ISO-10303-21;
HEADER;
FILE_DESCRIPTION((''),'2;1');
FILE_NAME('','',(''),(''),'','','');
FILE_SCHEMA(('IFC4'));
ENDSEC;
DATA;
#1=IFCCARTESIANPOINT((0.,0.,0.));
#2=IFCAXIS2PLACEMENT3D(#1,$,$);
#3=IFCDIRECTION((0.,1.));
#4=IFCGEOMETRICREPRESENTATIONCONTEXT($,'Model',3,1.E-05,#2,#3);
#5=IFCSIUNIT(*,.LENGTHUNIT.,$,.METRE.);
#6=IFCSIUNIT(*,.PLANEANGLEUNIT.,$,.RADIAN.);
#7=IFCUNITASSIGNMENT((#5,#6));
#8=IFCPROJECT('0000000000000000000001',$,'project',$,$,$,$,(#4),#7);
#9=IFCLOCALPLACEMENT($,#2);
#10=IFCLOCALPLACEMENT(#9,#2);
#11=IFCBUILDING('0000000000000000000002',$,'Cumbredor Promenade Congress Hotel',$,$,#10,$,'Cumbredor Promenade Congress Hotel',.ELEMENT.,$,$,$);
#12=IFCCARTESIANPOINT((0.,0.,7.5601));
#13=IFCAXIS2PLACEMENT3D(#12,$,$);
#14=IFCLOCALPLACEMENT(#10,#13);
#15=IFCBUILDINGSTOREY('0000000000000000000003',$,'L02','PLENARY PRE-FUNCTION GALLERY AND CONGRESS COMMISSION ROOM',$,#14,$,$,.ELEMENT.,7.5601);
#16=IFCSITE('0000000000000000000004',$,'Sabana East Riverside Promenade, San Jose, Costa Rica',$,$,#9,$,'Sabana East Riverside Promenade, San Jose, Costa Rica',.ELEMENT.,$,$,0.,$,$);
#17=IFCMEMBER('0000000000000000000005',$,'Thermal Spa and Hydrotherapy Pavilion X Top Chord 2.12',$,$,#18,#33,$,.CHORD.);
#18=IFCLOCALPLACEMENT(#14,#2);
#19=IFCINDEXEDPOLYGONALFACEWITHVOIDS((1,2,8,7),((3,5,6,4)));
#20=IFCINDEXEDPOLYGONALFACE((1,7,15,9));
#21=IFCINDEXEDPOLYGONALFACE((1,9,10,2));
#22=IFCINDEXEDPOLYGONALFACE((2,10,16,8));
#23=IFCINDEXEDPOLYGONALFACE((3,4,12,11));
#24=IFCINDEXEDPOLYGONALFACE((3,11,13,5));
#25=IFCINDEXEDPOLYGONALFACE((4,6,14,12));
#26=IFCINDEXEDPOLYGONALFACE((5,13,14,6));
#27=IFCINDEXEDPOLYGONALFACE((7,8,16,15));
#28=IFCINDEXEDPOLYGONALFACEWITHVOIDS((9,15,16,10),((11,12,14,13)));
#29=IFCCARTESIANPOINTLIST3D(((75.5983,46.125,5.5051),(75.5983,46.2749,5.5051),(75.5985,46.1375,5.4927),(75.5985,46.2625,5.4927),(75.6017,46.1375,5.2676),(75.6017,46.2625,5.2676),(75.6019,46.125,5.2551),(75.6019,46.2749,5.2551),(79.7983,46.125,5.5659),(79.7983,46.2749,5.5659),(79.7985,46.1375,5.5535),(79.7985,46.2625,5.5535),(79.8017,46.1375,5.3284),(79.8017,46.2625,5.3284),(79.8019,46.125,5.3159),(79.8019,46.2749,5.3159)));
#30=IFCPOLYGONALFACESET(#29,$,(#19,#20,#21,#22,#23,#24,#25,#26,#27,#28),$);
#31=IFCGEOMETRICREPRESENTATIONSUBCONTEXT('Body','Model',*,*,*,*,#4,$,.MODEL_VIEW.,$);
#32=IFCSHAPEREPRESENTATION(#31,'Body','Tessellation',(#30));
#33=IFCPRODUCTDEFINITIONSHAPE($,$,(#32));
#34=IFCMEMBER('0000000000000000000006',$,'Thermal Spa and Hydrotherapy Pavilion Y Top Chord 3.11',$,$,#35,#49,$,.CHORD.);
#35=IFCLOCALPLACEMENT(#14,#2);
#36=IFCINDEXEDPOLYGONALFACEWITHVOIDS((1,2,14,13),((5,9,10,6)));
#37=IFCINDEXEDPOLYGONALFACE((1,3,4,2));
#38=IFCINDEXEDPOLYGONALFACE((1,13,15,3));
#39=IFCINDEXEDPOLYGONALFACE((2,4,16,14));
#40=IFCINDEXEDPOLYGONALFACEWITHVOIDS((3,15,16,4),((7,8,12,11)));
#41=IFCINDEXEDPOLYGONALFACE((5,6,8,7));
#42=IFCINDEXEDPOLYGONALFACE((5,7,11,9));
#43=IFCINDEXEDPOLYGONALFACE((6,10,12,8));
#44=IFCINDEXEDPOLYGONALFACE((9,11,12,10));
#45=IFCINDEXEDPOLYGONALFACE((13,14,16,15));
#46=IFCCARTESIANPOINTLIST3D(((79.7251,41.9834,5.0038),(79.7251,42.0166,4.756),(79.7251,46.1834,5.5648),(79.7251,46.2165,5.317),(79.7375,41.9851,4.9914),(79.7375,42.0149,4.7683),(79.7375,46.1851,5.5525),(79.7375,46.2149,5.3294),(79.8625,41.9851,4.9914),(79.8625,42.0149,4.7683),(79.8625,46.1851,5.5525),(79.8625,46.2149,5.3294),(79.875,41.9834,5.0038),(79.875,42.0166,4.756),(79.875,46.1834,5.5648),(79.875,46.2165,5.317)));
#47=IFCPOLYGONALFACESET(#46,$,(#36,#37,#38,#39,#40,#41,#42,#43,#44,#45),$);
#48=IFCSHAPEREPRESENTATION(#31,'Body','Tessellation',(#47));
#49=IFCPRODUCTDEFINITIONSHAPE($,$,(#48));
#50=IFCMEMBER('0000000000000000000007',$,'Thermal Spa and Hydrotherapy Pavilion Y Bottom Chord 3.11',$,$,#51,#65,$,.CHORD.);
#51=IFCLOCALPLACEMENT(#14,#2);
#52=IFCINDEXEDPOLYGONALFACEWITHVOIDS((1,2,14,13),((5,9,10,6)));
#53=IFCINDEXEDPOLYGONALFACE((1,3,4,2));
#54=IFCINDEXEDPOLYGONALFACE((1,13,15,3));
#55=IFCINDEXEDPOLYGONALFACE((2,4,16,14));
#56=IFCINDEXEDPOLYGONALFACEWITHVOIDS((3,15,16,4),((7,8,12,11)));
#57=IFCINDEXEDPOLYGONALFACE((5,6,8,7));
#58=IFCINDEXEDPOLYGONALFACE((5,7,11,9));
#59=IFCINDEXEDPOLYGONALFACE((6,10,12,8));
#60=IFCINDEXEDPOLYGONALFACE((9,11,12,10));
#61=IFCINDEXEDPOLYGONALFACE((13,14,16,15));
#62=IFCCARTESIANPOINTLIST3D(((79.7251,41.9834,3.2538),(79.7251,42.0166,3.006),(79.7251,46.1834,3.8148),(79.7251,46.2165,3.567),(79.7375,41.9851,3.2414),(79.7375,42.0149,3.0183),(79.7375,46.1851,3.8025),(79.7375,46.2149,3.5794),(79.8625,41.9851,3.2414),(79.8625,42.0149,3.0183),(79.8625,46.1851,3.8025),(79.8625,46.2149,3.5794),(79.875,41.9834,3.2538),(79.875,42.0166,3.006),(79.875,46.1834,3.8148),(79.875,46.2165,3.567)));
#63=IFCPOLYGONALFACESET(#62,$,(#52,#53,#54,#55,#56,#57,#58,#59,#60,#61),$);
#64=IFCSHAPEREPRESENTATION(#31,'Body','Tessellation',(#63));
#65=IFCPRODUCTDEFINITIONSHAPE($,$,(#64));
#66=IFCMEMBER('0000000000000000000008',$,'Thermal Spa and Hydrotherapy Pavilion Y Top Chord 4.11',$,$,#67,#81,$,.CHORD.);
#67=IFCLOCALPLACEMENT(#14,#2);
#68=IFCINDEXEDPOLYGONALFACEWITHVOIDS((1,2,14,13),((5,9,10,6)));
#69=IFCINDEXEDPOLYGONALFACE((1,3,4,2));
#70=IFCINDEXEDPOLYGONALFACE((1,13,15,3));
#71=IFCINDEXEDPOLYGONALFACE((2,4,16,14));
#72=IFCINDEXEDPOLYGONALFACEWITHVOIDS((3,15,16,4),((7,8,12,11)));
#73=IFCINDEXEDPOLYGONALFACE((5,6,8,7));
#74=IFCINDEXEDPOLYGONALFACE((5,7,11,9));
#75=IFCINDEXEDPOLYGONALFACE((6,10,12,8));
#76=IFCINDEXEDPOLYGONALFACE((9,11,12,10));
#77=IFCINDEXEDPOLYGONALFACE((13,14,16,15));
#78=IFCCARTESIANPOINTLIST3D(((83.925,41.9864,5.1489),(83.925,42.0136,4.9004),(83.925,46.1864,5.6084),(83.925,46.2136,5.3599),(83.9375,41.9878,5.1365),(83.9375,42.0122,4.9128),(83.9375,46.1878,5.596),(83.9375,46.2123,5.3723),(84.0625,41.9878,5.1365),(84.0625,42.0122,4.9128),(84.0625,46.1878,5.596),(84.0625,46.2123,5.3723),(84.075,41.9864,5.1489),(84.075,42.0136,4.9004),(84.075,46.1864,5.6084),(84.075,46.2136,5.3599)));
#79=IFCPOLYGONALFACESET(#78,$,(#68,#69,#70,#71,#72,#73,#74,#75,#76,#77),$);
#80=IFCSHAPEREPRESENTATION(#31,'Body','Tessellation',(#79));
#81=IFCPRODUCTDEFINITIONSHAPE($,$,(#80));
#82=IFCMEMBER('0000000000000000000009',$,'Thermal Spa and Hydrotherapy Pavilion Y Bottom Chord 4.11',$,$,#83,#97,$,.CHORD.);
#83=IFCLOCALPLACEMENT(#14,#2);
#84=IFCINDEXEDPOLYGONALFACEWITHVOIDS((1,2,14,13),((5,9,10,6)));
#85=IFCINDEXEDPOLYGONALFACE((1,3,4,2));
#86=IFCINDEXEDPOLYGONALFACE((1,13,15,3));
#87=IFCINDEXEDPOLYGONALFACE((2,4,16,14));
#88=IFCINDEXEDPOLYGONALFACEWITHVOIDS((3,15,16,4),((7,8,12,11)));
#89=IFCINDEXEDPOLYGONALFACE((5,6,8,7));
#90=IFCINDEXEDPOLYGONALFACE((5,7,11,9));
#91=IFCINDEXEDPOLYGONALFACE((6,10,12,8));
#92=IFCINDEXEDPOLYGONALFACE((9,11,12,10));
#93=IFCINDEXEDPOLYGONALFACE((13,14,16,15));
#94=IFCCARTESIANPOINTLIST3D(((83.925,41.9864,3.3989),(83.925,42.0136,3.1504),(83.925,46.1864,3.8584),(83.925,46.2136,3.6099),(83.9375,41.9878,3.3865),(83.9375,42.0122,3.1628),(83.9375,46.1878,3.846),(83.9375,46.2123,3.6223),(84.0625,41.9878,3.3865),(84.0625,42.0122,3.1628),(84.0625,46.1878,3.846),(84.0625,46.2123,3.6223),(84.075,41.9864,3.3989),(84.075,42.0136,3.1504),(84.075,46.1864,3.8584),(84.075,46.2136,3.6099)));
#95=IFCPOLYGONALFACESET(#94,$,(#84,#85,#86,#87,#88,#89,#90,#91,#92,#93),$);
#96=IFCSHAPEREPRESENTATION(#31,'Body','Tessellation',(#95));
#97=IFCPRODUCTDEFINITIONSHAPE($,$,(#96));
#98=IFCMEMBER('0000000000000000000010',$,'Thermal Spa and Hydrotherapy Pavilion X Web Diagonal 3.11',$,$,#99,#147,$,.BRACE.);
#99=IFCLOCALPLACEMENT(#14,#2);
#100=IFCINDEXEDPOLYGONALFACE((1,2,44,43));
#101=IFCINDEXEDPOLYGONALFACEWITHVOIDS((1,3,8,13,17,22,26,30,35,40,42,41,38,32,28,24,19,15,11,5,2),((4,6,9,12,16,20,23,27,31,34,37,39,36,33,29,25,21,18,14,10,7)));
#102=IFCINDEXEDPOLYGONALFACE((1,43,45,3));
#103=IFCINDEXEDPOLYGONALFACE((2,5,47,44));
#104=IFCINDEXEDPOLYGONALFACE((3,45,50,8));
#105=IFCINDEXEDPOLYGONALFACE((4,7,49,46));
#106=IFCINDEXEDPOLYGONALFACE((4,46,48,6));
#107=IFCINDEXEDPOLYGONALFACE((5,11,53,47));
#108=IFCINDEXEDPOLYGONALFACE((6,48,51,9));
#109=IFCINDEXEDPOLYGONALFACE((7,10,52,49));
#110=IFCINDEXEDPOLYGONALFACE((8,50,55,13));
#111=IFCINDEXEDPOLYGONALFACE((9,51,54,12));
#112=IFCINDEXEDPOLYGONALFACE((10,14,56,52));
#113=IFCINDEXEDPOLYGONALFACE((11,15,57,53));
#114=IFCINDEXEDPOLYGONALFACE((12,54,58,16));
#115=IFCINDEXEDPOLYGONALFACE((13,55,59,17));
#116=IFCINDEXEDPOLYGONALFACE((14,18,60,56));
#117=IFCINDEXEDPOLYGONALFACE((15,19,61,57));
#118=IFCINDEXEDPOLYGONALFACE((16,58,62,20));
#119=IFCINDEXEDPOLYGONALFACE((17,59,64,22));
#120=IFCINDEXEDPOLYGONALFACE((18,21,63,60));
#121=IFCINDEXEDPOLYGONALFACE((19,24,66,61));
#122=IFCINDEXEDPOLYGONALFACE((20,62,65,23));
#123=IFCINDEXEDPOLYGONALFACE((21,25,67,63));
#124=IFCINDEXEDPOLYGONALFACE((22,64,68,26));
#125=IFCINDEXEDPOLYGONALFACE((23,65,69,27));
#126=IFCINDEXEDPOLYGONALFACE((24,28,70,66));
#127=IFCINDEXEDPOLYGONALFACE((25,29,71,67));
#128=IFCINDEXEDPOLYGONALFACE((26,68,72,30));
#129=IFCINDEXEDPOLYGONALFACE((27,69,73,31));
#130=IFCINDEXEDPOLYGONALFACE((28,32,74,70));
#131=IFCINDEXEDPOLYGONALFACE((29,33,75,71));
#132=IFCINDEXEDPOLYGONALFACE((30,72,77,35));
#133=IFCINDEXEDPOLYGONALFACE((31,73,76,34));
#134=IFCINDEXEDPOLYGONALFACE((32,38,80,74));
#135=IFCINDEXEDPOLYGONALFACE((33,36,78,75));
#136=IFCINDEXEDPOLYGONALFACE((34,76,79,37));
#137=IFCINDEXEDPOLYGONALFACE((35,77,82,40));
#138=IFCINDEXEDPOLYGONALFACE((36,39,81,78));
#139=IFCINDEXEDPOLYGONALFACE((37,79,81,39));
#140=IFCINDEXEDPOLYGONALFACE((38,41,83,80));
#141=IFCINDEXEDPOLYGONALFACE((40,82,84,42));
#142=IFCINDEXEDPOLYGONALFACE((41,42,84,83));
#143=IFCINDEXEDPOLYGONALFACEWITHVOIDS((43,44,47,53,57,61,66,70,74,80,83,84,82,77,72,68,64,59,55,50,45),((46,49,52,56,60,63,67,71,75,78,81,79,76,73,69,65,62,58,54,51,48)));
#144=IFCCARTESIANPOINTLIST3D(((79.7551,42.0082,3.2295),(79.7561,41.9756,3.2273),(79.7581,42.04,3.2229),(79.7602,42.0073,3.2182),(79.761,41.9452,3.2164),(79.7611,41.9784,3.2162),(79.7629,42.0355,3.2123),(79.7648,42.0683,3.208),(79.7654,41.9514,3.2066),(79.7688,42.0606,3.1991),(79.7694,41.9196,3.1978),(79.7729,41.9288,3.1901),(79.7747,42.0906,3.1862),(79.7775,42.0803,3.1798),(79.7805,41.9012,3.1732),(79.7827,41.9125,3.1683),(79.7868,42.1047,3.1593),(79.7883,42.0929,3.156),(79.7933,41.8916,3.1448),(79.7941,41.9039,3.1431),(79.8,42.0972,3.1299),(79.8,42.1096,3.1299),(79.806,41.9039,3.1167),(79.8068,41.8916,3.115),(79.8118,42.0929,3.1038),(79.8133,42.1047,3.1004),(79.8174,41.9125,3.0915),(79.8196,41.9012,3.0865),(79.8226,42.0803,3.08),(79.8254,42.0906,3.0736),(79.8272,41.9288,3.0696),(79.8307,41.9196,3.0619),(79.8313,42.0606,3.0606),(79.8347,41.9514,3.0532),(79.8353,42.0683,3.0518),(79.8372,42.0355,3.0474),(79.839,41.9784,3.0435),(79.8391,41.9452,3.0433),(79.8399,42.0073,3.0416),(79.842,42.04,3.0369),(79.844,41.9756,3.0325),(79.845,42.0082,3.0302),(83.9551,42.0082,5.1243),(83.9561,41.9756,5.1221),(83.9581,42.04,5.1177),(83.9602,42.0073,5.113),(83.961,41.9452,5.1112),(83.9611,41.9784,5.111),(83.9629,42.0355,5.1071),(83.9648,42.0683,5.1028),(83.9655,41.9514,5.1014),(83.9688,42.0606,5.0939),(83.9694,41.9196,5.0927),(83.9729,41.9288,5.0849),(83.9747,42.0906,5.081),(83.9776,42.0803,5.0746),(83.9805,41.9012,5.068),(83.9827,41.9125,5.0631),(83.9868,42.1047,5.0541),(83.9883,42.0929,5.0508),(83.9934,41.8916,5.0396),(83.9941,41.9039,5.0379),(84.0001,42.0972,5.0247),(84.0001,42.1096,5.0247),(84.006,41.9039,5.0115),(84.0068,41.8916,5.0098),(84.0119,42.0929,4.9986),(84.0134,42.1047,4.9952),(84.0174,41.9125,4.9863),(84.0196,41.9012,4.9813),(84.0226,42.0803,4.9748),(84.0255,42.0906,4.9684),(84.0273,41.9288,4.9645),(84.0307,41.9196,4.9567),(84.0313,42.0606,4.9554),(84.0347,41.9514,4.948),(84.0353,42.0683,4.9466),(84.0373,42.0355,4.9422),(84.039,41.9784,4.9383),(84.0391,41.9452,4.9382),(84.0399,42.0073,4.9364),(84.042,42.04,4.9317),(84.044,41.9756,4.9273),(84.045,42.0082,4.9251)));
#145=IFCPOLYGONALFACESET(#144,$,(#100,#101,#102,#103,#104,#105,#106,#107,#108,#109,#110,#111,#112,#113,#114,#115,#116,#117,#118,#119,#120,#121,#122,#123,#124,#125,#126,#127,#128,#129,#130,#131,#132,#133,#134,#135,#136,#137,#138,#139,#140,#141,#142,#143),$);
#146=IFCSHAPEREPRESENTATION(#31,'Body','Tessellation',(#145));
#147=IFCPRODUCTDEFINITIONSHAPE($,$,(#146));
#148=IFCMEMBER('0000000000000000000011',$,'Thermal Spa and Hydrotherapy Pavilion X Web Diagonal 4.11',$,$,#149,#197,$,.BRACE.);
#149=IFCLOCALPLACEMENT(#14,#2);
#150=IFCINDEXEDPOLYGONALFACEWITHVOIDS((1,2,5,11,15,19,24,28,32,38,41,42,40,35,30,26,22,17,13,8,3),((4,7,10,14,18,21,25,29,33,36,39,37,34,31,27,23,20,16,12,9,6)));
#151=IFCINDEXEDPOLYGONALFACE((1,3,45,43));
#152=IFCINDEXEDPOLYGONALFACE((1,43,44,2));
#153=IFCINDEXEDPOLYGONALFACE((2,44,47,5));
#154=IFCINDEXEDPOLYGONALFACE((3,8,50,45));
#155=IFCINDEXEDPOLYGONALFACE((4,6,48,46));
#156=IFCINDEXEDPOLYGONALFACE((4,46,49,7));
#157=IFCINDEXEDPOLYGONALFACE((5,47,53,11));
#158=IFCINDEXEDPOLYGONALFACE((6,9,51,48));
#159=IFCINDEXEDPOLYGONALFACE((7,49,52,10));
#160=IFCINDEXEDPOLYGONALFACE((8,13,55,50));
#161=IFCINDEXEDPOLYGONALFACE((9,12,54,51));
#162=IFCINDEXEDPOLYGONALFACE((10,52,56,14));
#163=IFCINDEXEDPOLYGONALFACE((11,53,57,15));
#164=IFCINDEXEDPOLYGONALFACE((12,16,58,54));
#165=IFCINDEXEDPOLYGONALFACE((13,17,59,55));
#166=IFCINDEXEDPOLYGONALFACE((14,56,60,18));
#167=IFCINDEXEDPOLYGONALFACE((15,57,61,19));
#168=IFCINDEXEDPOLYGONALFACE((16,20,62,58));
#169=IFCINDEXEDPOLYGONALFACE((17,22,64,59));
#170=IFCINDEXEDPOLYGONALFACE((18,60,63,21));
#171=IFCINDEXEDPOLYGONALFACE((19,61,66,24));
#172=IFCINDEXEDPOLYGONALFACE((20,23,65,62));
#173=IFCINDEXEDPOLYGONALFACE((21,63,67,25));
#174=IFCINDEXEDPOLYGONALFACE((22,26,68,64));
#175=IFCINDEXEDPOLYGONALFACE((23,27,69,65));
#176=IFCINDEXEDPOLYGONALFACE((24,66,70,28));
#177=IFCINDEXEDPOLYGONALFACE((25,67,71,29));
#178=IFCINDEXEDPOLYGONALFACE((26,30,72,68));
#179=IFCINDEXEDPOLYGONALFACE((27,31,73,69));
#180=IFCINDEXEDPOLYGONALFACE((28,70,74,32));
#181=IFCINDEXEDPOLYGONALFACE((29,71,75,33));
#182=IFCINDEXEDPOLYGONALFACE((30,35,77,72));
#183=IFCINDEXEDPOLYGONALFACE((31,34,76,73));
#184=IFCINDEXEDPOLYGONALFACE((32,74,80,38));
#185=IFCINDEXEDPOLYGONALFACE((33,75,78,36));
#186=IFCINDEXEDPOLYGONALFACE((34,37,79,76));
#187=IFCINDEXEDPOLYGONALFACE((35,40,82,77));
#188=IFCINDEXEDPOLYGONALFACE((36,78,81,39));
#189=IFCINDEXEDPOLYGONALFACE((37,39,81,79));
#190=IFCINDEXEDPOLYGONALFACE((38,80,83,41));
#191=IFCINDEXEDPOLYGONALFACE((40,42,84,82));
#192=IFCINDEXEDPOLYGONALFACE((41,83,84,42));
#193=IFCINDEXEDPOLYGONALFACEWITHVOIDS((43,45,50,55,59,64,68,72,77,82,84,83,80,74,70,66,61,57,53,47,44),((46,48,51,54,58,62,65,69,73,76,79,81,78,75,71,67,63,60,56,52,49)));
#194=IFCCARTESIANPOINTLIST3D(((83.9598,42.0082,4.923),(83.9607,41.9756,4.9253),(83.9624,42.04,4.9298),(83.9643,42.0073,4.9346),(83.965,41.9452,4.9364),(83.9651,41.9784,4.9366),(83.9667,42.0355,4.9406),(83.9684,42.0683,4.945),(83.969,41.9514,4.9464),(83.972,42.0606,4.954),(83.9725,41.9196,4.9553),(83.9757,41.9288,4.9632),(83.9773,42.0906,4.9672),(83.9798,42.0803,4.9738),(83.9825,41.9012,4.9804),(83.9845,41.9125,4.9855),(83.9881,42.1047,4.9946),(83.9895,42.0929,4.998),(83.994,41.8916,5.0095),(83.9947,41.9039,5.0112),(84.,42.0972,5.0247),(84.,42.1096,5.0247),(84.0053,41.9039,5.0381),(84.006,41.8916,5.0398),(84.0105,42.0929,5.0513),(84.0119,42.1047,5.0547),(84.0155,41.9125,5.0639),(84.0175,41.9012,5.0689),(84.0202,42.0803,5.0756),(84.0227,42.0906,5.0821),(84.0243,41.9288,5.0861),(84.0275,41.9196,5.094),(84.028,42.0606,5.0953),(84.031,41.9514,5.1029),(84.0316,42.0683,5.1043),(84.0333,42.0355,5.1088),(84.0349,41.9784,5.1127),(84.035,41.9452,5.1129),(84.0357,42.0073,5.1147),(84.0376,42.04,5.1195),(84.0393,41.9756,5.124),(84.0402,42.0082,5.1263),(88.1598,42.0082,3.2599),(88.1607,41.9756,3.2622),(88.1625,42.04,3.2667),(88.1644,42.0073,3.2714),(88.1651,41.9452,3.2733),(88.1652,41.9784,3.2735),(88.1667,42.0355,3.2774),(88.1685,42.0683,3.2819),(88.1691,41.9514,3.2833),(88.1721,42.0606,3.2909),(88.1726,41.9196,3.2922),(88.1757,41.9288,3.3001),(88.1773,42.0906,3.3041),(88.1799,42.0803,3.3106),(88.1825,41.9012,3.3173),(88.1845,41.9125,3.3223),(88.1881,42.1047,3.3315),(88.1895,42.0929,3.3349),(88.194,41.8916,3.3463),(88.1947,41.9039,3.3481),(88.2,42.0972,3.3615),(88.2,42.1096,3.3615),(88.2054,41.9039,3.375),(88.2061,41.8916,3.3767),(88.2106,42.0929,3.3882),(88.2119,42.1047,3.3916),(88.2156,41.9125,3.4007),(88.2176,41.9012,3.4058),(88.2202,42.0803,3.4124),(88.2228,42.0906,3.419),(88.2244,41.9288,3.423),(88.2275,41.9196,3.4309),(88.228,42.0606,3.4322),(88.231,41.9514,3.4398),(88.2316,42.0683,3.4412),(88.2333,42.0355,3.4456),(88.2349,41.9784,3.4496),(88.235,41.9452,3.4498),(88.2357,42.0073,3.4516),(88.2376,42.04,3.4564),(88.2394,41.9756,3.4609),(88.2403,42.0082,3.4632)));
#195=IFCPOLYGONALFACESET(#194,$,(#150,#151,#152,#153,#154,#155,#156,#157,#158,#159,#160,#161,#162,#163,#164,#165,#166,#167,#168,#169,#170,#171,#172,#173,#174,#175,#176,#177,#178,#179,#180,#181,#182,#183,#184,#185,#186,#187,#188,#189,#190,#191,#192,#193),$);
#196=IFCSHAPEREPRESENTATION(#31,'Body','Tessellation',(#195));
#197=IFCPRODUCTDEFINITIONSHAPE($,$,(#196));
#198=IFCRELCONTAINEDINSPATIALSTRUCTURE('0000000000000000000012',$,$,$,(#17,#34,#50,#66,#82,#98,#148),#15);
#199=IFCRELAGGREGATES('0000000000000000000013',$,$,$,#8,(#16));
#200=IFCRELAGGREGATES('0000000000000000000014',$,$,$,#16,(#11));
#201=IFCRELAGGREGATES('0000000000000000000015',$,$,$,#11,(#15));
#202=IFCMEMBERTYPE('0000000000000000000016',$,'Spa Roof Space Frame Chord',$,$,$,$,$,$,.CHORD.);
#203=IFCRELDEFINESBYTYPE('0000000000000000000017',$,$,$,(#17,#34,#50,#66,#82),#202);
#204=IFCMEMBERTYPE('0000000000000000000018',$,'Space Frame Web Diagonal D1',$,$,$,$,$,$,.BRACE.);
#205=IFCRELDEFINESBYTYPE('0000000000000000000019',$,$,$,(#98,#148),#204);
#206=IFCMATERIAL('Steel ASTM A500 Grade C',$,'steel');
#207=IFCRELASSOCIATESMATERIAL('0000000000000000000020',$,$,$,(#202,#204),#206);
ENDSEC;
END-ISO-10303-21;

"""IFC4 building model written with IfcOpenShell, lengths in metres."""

from ifc_helpers import new_model, si_unit, direction, frame, origin, origin_2d, place, context, subcontext, project, spatial, hollow_rectangle, hollow_circle, extrude, material, material_profile, profile_set, type_object, element, save


model = new_model("IFC4")

# Units and contexts
model_context = context("Model", 3, precision=1e-05, world=origin(), true_north=direction((0.0, 1.0)))
body_context = subcontext(model_context, "Body", "Model", "MODEL_VIEW")
ifc_project = project(units=[si_unit("LENGTHUNIT", "METRE"), si_unit("PLANEANGLEUNIT", "RADIAN")], contexts=[model_context])

# Site, building, storey
site_placement = place(None, origin())
site = spatial("IfcSite", under=ifc_project, at=site_placement, Name="Sabana East Riverside Promenade, San Jose, Costa Rica", LongName="Sabana East Riverside Promenade, San Jose, Costa Rica", CompositionType="ELEMENT", RefElevation=0.0)
building_placement = place(site_placement, origin())
building = spatial("IfcBuilding", under=site, at=building_placement, Name="Cumbredor Promenade Congress Hotel", LongName="Cumbredor Promenade Congress Hotel", CompositionType="ELEMENT")
storey_placement = place(building_placement, frame((0.0, 0.0, 7.5601)))
storey = spatial("IfcBuildingStorey", under=building, at=storey_placement, Name="L02", Description="PLENARY PRE-FUNCTION GALLERY AND CONGRESS COMMISSION ROOM", CompositionType="ELEMENT", Elevation=7.5601)

# Members
ifc_material_1 = material(Name="Steel ASTM A500 Grade C", Category="steel")
ifc_material_profile_1 = material_profile(ifc_material_1, hollow_rectangle(XDim=0.1499, YDim=0.25, WallThickness=0.0125, at=origin_2d()), Name="HSS 250x150x12.5")
ifc_profile_set_1 = profile_set([ifc_material_profile_1], Name="Steel ASTM A500 Grade C")
member_type_1 = type_object("IfcMemberType", Name="Spa Roof Space Frame Chord", PredefinedType="CHORD", material=ifc_profile_set_1)
member_1_placement = place(storey_placement, frame((75.6001, 46.2, 5.3801), z_axis=(0.999895, 0.0, 0.014473), x_axis=(0.0, 1.0, 0.0)))
element("IfcMember", 1, at=member_1_placement, inside=storey, type_object=member_type_1, Name="Thermal Spa and Hydrotherapy Pavilion X Top Chord 2.12", PredefinedType="CHORD", context=body_context, shape_type="SweptSolid", body=[
    extrude(hollow_rectangle(XDim=0.1499, YDim=0.25, WallThickness=0.0125, at=origin_2d()), origin(), (0.0, 0.0, 1.0), 4.2004),
])
for number, where, z_axis, x_axis, name in (
    (2, (79.8, 42.0, 4.8799), (0.0, 0.991196, 0.132405), (-1.0, 0.0, 0.0), "Thermal Spa and Hydrotherapy Pavilion Y Top Chord 3.11"),
    (3, (79.8, 42.0, 3.1299), (0.0, 0.991196, 0.132405), (-1.0, 0.0, 0.0), "Thermal Spa and Hydrotherapy Pavilion Y Bottom Chord 3.11"),
):
    element("IfcMember", number, at=place(storey_placement, frame(where, z_axis=z_axis, x_axis=x_axis)), inside=storey, type_object=member_type_1, Name=name, PredefinedType="CHORD", context=body_context, shape_type="SweptSolid", body=[
        extrude(hollow_rectangle(XDim=0.1499, YDim=0.25, WallThickness=0.0125, at=origin_2d()), origin(), (0.0, 0.0, 1.0), 4.2373),
    ])
for number, where, z_axis, x_axis, name in (
    (4, (84.0, 42.0, 5.0247), (0.0, 0.994069, 0.108751), (-1.0, 0.0, 0.0), "Thermal Spa and Hydrotherapy Pavilion Y Top Chord 4.11"),
    (5, (84.0, 42.0, 3.2747), (0.0, 0.994069, 0.108751), (-1.0, 0.0, 0.0), "Thermal Spa and Hydrotherapy Pavilion Y Bottom Chord 4.11"),
):
    element("IfcMember", number, at=place(storey_placement, frame(where, z_axis=z_axis, x_axis=x_axis)), inside=storey, type_object=member_type_1, Name=name, PredefinedType="CHORD", context=body_context, shape_type="SweptSolid", body=[
        extrude(hollow_rectangle(XDim=0.1499, YDim=0.25, WallThickness=0.0125, at=origin_2d()), origin(), (0.0, 0.0, 1.0), 4.2251),
    ])
ifc_material_profile_2 = material_profile(ifc_material_1, hollow_circle(Radius=0.1096, WallThickness=0.0125, at=origin_2d()), Name="CHS 219.1x12.5")
ifc_profile_set_2 = profile_set([ifc_material_profile_2], Name="Steel ASTM A500 Grade C")
member_type_2 = type_object("IfcMemberType", Name="Space Frame Web Diagonal D1", PredefinedType="BRACE", material=ifc_profile_set_2)
member_2_placement = place(storey_placement, frame((79.8, 42.0, 3.1299), z_axis=(0.911531, 0.0, 0.41123), x_axis=(0.0, 1.0, 0.0)))
element("IfcMember", 6, at=member_2_placement, inside=storey, type_object=member_type_2, Name="Thermal Spa and Hydrotherapy Pavilion X Web Diagonal 3.11", PredefinedType="BRACE", context=body_context, shape_type="SweptSolid", body=[
    extrude(hollow_circle(Radius=0.1096, WallThickness=0.0125, at=origin_2d()), origin(), (0.0, 0.0, 1.0), 4.6077),
])
member_3_placement = place(storey_placement, frame((84.0, 42.0, 5.0247), z_axis=(0.929761, 0.0, -0.368164), x_axis=(0.0, 1.0, 0.0)))
element("IfcMember", 7, at=member_3_placement, inside=storey, type_object=member_type_2, Name="Thermal Spa and Hydrotherapy Pavilion X Web Diagonal 4.11", PredefinedType="BRACE", context=body_context, shape_type="SweptSolid", body=[
    extrude(hollow_circle(Radius=0.1096, WallThickness=0.0125, at=origin_2d()), origin(), (0.0, 0.0, 1.0), 4.5173),
])

save(model, "model.ifc")
